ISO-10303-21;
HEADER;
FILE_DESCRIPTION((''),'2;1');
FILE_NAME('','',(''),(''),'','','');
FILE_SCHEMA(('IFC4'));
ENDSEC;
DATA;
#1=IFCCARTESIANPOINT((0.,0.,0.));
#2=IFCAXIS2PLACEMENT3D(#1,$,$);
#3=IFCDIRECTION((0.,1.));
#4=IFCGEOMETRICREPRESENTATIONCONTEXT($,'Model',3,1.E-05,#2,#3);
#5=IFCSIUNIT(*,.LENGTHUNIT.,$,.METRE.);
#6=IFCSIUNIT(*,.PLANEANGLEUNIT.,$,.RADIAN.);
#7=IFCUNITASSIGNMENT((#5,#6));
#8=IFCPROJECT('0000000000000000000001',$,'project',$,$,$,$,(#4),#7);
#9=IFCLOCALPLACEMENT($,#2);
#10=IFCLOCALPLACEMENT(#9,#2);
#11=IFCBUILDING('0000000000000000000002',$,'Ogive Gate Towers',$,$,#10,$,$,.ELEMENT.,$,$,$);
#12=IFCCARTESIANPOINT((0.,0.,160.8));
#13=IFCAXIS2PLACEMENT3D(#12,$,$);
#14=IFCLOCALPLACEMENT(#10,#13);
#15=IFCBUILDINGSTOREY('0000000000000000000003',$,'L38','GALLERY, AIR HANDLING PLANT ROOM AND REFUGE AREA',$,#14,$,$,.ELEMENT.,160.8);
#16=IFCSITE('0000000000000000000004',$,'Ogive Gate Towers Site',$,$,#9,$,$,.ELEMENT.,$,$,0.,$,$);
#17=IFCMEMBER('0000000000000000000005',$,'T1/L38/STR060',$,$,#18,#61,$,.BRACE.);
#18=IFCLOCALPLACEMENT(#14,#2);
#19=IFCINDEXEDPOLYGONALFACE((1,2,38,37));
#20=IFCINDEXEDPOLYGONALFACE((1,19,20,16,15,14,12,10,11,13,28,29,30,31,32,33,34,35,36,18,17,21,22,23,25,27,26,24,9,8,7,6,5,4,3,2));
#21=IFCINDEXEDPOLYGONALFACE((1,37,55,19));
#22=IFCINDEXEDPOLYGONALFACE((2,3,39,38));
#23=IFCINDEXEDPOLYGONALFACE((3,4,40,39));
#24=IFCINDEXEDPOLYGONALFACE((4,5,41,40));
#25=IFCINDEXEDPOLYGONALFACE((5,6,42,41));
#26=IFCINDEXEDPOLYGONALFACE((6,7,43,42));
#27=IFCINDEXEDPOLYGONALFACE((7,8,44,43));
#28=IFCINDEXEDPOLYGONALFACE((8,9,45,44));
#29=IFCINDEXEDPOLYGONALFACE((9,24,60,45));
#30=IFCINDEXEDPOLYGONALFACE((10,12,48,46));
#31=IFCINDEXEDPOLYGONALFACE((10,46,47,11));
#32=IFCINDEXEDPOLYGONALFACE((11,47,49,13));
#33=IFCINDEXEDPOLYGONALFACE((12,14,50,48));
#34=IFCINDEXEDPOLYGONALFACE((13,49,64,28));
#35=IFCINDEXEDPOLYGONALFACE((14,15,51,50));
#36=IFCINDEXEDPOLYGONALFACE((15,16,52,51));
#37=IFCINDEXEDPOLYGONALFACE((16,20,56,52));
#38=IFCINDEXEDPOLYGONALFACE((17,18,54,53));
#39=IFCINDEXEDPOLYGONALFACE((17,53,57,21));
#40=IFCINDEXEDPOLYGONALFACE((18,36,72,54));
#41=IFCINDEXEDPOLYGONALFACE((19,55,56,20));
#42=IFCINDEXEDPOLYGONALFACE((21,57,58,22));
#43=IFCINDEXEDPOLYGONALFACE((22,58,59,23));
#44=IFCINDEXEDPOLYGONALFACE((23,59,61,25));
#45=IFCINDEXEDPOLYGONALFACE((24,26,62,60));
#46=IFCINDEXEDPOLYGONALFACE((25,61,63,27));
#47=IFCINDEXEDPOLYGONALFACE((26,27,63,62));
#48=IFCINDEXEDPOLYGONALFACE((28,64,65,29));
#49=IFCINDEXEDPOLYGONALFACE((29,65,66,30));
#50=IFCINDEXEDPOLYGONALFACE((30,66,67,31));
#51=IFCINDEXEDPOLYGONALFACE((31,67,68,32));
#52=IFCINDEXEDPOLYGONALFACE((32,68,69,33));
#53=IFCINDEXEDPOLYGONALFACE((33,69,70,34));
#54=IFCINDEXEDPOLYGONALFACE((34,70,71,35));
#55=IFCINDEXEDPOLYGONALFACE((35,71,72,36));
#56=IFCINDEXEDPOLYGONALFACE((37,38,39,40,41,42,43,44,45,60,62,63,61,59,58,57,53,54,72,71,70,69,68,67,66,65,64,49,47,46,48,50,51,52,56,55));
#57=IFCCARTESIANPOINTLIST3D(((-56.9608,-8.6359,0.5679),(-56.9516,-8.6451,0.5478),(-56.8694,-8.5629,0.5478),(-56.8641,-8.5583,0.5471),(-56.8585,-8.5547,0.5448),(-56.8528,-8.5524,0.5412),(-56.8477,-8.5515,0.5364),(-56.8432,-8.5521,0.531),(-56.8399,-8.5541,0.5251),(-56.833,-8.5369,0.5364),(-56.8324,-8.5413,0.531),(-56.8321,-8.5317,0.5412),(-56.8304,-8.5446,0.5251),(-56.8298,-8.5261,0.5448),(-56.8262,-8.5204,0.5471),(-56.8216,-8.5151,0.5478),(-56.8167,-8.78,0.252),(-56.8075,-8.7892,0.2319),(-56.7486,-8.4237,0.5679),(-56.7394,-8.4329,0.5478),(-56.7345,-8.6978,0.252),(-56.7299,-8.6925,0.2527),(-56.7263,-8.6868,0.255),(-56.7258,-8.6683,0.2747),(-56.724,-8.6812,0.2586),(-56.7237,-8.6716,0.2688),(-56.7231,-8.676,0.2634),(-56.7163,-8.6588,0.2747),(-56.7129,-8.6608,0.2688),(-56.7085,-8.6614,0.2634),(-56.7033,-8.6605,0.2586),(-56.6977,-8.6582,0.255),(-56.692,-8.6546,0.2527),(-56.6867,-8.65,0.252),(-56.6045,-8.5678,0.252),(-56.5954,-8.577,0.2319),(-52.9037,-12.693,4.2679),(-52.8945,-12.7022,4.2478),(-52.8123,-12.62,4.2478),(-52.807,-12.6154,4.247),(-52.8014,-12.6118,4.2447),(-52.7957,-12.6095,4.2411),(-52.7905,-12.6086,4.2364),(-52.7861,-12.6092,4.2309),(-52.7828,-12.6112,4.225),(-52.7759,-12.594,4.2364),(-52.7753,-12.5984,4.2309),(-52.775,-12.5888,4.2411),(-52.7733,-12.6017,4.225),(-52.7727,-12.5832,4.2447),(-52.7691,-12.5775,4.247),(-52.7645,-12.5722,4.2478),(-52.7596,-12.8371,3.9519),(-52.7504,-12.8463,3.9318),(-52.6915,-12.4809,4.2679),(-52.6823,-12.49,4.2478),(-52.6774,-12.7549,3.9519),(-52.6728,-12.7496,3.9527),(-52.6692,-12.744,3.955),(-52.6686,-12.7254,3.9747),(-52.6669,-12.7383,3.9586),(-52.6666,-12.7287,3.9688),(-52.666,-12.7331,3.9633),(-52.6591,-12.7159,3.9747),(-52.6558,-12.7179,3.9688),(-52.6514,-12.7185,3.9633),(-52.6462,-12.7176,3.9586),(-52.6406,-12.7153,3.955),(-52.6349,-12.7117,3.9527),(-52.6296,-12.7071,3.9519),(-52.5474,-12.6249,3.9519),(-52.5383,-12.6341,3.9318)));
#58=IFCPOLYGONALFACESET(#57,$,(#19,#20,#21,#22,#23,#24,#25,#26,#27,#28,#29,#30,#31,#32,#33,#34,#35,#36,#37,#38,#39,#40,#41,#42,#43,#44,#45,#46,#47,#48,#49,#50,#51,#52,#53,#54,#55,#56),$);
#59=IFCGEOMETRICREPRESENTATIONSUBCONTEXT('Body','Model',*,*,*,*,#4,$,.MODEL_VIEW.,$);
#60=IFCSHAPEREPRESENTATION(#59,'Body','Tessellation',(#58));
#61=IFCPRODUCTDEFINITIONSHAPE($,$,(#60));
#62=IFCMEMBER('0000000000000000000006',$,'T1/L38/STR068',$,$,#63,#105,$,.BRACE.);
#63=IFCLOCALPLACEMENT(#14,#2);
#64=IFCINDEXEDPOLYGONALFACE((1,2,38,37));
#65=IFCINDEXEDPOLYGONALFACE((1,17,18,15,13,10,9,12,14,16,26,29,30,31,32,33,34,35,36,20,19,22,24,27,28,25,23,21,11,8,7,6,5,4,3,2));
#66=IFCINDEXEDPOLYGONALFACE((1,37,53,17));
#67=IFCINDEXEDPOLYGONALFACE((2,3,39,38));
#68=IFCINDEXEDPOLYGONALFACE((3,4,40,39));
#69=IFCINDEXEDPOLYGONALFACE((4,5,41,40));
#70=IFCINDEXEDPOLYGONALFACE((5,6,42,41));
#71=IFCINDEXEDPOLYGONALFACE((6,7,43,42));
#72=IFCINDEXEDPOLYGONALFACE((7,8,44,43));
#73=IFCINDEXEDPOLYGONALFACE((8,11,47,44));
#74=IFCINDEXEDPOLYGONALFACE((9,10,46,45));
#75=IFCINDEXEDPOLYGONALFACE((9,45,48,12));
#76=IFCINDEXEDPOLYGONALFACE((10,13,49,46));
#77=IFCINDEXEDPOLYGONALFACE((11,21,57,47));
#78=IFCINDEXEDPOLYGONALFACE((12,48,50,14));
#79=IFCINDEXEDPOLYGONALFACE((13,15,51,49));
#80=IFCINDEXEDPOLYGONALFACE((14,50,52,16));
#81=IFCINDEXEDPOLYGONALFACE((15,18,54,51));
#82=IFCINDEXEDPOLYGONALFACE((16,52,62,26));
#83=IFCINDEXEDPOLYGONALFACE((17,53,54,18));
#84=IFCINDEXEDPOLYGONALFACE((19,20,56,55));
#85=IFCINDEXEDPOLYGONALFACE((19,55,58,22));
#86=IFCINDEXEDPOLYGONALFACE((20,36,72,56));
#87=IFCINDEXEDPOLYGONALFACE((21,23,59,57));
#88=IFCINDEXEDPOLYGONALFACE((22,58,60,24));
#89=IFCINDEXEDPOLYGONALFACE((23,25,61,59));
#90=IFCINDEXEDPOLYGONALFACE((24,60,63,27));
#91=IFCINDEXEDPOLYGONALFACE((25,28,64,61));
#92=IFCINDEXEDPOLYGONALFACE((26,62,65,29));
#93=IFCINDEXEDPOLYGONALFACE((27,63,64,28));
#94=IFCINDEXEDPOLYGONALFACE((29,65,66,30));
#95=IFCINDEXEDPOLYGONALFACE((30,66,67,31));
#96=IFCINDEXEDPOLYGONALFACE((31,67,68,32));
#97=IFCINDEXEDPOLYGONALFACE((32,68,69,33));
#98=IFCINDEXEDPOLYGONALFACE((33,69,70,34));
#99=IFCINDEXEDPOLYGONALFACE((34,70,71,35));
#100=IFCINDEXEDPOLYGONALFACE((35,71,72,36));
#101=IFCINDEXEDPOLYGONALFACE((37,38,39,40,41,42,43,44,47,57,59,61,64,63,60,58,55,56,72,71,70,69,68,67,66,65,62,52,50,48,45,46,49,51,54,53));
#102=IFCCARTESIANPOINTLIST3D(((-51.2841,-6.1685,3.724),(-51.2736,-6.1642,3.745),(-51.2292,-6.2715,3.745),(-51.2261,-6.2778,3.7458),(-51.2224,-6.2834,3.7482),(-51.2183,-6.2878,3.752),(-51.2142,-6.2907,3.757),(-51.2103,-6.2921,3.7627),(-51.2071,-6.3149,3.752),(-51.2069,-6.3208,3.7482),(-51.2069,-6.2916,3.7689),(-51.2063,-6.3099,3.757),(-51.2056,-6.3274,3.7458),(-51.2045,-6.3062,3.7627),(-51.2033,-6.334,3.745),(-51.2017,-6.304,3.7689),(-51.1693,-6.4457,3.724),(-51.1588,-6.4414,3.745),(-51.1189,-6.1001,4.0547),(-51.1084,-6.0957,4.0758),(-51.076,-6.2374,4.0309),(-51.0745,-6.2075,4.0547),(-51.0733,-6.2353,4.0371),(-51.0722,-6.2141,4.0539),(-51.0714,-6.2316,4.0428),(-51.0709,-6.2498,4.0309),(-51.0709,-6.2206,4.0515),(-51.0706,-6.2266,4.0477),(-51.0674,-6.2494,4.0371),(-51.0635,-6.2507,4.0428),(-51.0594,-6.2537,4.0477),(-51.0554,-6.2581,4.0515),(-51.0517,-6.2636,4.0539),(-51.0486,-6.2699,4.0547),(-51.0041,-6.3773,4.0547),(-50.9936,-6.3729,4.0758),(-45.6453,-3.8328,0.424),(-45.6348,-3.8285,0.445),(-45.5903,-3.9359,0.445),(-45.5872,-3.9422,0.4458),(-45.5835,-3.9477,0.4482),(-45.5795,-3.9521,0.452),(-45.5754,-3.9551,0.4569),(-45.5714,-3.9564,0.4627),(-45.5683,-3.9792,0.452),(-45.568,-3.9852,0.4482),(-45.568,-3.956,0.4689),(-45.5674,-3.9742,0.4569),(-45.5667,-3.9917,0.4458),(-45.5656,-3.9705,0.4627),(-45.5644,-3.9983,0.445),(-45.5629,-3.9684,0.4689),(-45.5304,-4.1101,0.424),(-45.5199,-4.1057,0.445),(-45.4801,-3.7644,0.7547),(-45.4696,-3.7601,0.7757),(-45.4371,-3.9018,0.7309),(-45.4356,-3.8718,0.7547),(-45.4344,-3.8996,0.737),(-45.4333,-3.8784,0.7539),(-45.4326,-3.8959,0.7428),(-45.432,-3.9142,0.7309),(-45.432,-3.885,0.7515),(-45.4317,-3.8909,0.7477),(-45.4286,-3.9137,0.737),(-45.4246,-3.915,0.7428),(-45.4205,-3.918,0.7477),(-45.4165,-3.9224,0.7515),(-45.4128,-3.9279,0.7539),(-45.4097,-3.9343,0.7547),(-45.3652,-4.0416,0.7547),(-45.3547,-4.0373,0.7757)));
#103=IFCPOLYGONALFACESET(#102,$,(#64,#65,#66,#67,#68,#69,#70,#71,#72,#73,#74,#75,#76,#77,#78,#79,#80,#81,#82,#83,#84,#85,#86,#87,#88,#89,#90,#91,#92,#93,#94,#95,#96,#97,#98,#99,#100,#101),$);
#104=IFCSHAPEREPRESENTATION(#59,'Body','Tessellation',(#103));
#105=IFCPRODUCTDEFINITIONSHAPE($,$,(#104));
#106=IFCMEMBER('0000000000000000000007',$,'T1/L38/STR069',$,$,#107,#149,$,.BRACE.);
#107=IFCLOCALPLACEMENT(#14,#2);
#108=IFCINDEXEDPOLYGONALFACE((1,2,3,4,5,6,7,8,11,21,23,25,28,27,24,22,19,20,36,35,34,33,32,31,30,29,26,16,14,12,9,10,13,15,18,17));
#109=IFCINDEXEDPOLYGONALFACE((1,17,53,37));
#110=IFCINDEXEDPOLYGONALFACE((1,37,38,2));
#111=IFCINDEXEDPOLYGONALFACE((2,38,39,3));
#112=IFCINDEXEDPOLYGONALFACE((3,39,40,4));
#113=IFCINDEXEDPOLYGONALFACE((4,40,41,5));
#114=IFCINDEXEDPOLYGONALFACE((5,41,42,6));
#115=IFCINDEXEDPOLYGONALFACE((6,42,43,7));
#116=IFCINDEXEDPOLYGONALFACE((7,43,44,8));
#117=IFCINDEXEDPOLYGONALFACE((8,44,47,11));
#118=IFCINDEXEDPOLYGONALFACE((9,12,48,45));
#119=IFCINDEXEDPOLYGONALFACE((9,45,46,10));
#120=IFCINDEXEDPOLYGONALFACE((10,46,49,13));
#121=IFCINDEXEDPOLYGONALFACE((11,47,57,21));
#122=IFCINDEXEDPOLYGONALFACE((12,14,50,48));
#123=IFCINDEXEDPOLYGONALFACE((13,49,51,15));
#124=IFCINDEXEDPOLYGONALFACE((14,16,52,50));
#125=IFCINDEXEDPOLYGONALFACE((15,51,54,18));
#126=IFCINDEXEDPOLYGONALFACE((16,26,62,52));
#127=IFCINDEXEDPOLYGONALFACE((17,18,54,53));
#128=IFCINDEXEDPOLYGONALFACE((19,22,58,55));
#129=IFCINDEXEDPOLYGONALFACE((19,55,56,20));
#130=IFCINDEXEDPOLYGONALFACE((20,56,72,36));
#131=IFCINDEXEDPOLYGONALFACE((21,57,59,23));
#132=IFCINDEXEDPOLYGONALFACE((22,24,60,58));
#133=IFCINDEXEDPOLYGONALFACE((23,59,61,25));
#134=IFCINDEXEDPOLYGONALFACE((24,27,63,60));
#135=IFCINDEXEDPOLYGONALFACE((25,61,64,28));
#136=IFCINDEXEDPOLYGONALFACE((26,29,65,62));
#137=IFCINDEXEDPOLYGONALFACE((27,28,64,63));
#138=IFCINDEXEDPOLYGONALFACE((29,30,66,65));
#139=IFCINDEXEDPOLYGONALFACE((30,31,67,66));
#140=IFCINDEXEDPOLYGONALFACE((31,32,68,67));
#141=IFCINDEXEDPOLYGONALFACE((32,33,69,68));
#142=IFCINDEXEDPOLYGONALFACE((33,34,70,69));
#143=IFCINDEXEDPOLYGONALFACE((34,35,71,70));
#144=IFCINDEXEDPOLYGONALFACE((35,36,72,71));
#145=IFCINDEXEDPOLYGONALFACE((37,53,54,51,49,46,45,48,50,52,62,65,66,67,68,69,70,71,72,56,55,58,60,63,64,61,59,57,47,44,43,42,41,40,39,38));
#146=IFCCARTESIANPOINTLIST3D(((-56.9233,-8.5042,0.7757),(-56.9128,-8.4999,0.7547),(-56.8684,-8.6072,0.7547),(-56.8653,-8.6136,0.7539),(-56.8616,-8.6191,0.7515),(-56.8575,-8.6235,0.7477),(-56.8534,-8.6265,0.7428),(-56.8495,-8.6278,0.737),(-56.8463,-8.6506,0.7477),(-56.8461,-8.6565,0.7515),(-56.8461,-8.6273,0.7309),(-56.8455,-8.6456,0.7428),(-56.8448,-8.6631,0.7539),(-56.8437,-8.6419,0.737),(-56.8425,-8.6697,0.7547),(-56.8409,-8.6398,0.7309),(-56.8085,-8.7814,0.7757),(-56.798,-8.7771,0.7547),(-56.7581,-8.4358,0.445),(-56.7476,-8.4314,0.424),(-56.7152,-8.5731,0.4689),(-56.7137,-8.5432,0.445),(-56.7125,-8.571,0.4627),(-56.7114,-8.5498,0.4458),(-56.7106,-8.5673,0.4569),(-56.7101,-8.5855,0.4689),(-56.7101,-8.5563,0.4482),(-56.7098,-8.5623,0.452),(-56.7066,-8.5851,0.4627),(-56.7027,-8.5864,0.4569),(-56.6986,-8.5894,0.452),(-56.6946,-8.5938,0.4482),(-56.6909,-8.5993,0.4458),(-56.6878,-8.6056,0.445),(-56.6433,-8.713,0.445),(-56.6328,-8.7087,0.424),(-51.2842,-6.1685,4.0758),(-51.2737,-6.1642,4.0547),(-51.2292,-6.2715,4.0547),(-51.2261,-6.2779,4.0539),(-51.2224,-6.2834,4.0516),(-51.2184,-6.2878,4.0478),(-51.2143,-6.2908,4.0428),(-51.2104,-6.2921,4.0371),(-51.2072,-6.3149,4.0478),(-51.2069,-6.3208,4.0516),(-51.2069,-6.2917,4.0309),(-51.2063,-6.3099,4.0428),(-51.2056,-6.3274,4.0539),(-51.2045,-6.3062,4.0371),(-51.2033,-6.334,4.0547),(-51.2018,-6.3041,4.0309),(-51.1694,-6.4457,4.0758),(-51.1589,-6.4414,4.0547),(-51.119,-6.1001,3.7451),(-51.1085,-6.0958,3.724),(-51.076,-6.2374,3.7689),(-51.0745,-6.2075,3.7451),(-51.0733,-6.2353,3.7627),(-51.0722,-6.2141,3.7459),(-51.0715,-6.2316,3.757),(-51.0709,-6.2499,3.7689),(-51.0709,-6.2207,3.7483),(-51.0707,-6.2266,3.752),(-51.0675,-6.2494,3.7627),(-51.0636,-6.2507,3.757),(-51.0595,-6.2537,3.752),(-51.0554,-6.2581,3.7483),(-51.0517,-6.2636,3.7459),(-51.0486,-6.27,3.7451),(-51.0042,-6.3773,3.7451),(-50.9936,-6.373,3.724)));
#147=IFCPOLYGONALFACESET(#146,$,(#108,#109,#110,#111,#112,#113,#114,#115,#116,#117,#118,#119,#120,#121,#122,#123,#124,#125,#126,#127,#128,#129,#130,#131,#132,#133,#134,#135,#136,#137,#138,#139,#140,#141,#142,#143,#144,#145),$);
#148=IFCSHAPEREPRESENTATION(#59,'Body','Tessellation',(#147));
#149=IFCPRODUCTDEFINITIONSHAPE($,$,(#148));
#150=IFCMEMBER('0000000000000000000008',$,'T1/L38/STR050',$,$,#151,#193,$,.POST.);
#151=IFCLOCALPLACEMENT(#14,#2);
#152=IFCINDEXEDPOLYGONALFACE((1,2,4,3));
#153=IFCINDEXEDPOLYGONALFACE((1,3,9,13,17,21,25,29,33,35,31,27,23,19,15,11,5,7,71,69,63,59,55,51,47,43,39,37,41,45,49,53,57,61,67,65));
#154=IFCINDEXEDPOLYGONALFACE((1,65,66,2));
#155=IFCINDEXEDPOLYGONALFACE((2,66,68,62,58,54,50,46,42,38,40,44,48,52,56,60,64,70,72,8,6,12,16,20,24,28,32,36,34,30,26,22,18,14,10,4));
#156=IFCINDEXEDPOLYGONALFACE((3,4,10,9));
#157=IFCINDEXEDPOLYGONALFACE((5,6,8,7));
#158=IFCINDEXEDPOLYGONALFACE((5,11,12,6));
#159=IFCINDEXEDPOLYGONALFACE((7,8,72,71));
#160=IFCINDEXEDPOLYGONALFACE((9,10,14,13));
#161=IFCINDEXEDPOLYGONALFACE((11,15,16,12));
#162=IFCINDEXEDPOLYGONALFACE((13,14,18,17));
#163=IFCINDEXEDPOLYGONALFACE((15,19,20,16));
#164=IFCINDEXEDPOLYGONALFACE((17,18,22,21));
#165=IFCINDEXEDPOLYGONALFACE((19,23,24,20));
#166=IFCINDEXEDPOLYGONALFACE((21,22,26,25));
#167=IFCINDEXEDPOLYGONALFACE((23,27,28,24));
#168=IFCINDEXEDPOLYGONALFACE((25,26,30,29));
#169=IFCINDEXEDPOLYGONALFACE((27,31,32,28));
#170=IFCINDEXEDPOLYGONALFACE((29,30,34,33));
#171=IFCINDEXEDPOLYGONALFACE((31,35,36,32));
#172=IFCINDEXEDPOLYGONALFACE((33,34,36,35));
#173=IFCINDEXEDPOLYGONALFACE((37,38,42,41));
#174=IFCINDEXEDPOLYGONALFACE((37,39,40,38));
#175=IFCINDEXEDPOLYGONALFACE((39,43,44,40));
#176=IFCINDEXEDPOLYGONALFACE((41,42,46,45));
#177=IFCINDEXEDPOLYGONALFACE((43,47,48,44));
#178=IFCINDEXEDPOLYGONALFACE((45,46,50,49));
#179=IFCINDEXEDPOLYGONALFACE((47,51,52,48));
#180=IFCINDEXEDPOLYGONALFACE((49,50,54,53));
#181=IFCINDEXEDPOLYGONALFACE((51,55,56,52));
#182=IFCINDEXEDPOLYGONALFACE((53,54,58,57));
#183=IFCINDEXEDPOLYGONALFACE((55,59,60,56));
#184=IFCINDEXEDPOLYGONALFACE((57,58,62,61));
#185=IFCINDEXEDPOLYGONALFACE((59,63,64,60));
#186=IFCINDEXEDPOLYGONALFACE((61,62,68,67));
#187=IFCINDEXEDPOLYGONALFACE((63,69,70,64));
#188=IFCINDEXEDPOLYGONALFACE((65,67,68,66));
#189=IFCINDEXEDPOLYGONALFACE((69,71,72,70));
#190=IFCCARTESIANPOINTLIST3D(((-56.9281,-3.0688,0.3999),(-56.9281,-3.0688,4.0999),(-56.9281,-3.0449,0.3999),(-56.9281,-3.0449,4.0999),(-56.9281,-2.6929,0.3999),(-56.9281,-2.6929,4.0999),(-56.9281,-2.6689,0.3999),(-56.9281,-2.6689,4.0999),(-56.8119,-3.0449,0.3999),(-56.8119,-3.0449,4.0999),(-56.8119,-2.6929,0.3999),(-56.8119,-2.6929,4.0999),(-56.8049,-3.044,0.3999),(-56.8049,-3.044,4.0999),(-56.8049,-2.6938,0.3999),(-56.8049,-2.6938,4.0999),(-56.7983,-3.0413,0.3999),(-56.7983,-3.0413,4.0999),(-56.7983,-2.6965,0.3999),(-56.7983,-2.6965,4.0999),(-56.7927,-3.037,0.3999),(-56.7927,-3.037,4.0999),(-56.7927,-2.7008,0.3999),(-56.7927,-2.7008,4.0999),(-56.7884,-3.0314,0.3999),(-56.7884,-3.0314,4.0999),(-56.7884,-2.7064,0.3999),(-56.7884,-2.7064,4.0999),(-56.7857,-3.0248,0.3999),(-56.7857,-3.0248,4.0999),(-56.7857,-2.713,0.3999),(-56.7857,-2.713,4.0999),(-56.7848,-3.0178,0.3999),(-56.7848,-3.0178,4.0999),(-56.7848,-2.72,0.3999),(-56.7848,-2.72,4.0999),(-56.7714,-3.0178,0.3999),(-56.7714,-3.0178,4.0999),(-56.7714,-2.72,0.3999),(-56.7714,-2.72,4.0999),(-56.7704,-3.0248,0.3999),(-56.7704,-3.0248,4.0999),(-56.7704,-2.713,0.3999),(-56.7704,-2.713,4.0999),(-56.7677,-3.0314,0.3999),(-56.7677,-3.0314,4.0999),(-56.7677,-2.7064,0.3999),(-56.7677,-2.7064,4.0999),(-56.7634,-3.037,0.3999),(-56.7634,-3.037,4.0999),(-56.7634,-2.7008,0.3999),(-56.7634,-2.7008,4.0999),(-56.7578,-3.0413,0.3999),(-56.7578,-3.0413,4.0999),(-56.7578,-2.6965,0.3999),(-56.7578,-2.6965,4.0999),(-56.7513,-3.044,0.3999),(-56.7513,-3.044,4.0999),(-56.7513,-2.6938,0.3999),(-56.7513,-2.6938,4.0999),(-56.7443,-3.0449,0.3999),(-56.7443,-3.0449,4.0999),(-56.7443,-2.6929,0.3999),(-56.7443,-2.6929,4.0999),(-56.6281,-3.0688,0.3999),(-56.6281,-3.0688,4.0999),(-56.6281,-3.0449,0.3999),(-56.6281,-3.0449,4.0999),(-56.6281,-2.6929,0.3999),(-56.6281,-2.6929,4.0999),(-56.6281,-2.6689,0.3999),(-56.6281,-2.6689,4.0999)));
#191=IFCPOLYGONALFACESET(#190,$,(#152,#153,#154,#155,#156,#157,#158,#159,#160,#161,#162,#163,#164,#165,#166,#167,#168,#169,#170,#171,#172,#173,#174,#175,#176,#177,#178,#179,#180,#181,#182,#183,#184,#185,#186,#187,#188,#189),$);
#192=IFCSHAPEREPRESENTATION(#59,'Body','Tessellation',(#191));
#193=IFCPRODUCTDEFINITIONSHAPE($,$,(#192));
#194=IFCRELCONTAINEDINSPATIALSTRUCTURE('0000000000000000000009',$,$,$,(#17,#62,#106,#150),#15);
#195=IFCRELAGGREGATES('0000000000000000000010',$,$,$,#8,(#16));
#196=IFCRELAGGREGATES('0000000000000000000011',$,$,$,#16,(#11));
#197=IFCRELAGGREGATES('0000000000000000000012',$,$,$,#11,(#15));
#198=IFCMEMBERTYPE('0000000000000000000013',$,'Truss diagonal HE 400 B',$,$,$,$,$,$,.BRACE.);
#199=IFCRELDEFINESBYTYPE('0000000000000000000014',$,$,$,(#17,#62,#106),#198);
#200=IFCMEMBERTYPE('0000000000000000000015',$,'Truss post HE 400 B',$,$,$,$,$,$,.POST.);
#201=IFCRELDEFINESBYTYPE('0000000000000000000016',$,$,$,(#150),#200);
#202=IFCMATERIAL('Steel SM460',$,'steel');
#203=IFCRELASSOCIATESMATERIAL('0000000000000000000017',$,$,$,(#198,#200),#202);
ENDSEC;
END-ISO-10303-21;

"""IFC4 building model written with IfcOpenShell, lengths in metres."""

from ifc_helpers import new_model, si_unit, direction, frame, origin, origin_2d, place, context, subcontext, project, spatial, i_section, extrude, material, material_profile, profile_set, type_object, element, save


model = new_model("IFC4")

# Units and contexts
model_context = context("Model", 3, precision=1e-05, world=origin(), true_north=direction((0.0, 1.0)))
body_context = subcontext(model_context, "Body", "Model", "MODEL_VIEW")
ifc_project = project(units=[si_unit("LENGTHUNIT", "METRE"), si_unit("PLANEANGLEUNIT", "RADIAN")], contexts=[model_context])

# Site, building, storey
site_placement = place(None, origin())
site = spatial("IfcSite", under=ifc_project, at=site_placement, Name="Ogive Gate Towers Site", CompositionType="ELEMENT", RefElevation=0.0)
building_placement = place(site_placement, origin())
building = spatial("IfcBuilding", under=site, at=building_placement, Name="Ogive Gate Towers", CompositionType="ELEMENT")
storey_placement = place(building_placement, frame((0.0, 0.0, 160.8)))
storey = spatial("IfcBuildingStorey", under=building, at=storey_placement, Name="L38", Description="GALLERY, AIR HANDLING PLANT ROOM AND REFUGE AREA", CompositionType="ELEMENT", Elevation=160.8)

# Shared definitions
ifc_material_1 = material(Name="Steel SM460", Category="steel")

# Members
ifc_material_profile_1 = material_profile(ifc_material_1, i_section(OverallWidth=0.3, OverallDepth=0.3999, WebThickness=0.0134, FlangeThickness=0.0239, FilletRadius=0.0271, at=origin_2d()), Name="HE 400 B")
ifc_profile_set_1 = profile_set([ifc_material_profile_1], Name="Steel SM460")
member_type_1 = type_object("IfcMemberType", Name="Truss diagonal HE 400 B", PredefinedType="BRACE", material=ifc_profile_set_1)
for number, where, z_axis, x_axis, name in (
    (1, (-56.7781, -8.6064, 0.3999), (0.594262, -0.594262, 0.541945), (0.707107, 0.707107, 0.0), "T1/L38/STR060"),
):
    element("IfcMember", number, at=place(storey_placement, frame(where, z_axis=z_axis, x_axis=x_axis)), inside=storey, type_object=member_type_1, Name=name, PredefinedType="BRACE", context=body_context, shape_type="SweptSolid", body=[
        extrude(i_section(OverallWidth=0.3, OverallDepth=0.3999, WebThickness=0.0134, FlangeThickness=0.0239, FilletRadius=0.0271, at=origin_2d()), origin(), (0.0, 0.0, 1.0), 6.8271),
    ])
member_1_placement = place(storey_placement, frame((-45.5, -3.9351, 0.5999), z_axis=(-0.812696, -0.336627, 0.475612), x_axis=(0.38268, -0.923881, 0.0)))
element("IfcMember", 2, at=member_1_placement, inside=storey, type_object=member_type_1, Name="T1/L38/STR068", PredefinedType="BRACE", context=body_context, shape_type="SweptSolid", body=[
    extrude(i_section(OverallWidth=0.3, OverallDepth=0.3999, WebThickness=0.0134, FlangeThickness=0.0239, FilletRadius=0.0271, at=origin_2d()), origin(), (0.0, 0.0, 1.0), 6.9385),
])
member_2_placement = place(storey_placement, frame((-51.1389, -6.2708, 3.8999), z_axis=(-0.812708, -0.336617, -0.475599), x_axis=(0.382666, -0.923887, 0.0)))
element("IfcMember", 3, at=member_2_placement, inside=storey, type_object=member_type_1, Name="T1/L38/STR069", PredefinedType="BRACE", context=body_context, shape_type="SweptSolid", body=[
    extrude(i_section(OverallWidth=0.3, OverallDepth=0.3999, WebThickness=0.0134, FlangeThickness=0.0239, FilletRadius=0.0271, at=origin_2d()), origin(), (0.0, 0.0, 1.0), 6.9387),
])
ifc_material_profile_2 = material_profile(ifc_material_1, i_section(OverallWidth=0.3, OverallDepth=0.3999, WebThickness=0.0134, FlangeThickness=0.0239, FilletRadius=0.0271, at=origin_2d()), Name="HE 400 B")
ifc_profile_set_2 = profile_set([ifc_material_profile_2], Name="Steel SM460")
member_type_2 = type_object("IfcMemberType", Name="Truss post HE 400 B", PredefinedType="POST", material=ifc_profile_set_2)
member_3_placement = place(storey_placement, frame((-56.7781, -2.8689, 0.3999), z_axis=(0.0, 0.0, 1.0), x_axis=(1.0, 0.0, 0.0)))
element("IfcMember", 4, at=member_3_placement, inside=storey, type_object=member_type_2, Name="T1/L38/STR050", PredefinedType="POST", context=body_context, shape_type="SweptSolid", body=[
    extrude(i_section(OverallWidth=0.3, OverallDepth=0.3999, WebThickness=0.0134, FlangeThickness=0.0239, FilletRadius=0.0271, at=origin_2d()), origin(), (0.0, 0.0, 1.0), 3.7),
])

save(model, "model.ifc")
